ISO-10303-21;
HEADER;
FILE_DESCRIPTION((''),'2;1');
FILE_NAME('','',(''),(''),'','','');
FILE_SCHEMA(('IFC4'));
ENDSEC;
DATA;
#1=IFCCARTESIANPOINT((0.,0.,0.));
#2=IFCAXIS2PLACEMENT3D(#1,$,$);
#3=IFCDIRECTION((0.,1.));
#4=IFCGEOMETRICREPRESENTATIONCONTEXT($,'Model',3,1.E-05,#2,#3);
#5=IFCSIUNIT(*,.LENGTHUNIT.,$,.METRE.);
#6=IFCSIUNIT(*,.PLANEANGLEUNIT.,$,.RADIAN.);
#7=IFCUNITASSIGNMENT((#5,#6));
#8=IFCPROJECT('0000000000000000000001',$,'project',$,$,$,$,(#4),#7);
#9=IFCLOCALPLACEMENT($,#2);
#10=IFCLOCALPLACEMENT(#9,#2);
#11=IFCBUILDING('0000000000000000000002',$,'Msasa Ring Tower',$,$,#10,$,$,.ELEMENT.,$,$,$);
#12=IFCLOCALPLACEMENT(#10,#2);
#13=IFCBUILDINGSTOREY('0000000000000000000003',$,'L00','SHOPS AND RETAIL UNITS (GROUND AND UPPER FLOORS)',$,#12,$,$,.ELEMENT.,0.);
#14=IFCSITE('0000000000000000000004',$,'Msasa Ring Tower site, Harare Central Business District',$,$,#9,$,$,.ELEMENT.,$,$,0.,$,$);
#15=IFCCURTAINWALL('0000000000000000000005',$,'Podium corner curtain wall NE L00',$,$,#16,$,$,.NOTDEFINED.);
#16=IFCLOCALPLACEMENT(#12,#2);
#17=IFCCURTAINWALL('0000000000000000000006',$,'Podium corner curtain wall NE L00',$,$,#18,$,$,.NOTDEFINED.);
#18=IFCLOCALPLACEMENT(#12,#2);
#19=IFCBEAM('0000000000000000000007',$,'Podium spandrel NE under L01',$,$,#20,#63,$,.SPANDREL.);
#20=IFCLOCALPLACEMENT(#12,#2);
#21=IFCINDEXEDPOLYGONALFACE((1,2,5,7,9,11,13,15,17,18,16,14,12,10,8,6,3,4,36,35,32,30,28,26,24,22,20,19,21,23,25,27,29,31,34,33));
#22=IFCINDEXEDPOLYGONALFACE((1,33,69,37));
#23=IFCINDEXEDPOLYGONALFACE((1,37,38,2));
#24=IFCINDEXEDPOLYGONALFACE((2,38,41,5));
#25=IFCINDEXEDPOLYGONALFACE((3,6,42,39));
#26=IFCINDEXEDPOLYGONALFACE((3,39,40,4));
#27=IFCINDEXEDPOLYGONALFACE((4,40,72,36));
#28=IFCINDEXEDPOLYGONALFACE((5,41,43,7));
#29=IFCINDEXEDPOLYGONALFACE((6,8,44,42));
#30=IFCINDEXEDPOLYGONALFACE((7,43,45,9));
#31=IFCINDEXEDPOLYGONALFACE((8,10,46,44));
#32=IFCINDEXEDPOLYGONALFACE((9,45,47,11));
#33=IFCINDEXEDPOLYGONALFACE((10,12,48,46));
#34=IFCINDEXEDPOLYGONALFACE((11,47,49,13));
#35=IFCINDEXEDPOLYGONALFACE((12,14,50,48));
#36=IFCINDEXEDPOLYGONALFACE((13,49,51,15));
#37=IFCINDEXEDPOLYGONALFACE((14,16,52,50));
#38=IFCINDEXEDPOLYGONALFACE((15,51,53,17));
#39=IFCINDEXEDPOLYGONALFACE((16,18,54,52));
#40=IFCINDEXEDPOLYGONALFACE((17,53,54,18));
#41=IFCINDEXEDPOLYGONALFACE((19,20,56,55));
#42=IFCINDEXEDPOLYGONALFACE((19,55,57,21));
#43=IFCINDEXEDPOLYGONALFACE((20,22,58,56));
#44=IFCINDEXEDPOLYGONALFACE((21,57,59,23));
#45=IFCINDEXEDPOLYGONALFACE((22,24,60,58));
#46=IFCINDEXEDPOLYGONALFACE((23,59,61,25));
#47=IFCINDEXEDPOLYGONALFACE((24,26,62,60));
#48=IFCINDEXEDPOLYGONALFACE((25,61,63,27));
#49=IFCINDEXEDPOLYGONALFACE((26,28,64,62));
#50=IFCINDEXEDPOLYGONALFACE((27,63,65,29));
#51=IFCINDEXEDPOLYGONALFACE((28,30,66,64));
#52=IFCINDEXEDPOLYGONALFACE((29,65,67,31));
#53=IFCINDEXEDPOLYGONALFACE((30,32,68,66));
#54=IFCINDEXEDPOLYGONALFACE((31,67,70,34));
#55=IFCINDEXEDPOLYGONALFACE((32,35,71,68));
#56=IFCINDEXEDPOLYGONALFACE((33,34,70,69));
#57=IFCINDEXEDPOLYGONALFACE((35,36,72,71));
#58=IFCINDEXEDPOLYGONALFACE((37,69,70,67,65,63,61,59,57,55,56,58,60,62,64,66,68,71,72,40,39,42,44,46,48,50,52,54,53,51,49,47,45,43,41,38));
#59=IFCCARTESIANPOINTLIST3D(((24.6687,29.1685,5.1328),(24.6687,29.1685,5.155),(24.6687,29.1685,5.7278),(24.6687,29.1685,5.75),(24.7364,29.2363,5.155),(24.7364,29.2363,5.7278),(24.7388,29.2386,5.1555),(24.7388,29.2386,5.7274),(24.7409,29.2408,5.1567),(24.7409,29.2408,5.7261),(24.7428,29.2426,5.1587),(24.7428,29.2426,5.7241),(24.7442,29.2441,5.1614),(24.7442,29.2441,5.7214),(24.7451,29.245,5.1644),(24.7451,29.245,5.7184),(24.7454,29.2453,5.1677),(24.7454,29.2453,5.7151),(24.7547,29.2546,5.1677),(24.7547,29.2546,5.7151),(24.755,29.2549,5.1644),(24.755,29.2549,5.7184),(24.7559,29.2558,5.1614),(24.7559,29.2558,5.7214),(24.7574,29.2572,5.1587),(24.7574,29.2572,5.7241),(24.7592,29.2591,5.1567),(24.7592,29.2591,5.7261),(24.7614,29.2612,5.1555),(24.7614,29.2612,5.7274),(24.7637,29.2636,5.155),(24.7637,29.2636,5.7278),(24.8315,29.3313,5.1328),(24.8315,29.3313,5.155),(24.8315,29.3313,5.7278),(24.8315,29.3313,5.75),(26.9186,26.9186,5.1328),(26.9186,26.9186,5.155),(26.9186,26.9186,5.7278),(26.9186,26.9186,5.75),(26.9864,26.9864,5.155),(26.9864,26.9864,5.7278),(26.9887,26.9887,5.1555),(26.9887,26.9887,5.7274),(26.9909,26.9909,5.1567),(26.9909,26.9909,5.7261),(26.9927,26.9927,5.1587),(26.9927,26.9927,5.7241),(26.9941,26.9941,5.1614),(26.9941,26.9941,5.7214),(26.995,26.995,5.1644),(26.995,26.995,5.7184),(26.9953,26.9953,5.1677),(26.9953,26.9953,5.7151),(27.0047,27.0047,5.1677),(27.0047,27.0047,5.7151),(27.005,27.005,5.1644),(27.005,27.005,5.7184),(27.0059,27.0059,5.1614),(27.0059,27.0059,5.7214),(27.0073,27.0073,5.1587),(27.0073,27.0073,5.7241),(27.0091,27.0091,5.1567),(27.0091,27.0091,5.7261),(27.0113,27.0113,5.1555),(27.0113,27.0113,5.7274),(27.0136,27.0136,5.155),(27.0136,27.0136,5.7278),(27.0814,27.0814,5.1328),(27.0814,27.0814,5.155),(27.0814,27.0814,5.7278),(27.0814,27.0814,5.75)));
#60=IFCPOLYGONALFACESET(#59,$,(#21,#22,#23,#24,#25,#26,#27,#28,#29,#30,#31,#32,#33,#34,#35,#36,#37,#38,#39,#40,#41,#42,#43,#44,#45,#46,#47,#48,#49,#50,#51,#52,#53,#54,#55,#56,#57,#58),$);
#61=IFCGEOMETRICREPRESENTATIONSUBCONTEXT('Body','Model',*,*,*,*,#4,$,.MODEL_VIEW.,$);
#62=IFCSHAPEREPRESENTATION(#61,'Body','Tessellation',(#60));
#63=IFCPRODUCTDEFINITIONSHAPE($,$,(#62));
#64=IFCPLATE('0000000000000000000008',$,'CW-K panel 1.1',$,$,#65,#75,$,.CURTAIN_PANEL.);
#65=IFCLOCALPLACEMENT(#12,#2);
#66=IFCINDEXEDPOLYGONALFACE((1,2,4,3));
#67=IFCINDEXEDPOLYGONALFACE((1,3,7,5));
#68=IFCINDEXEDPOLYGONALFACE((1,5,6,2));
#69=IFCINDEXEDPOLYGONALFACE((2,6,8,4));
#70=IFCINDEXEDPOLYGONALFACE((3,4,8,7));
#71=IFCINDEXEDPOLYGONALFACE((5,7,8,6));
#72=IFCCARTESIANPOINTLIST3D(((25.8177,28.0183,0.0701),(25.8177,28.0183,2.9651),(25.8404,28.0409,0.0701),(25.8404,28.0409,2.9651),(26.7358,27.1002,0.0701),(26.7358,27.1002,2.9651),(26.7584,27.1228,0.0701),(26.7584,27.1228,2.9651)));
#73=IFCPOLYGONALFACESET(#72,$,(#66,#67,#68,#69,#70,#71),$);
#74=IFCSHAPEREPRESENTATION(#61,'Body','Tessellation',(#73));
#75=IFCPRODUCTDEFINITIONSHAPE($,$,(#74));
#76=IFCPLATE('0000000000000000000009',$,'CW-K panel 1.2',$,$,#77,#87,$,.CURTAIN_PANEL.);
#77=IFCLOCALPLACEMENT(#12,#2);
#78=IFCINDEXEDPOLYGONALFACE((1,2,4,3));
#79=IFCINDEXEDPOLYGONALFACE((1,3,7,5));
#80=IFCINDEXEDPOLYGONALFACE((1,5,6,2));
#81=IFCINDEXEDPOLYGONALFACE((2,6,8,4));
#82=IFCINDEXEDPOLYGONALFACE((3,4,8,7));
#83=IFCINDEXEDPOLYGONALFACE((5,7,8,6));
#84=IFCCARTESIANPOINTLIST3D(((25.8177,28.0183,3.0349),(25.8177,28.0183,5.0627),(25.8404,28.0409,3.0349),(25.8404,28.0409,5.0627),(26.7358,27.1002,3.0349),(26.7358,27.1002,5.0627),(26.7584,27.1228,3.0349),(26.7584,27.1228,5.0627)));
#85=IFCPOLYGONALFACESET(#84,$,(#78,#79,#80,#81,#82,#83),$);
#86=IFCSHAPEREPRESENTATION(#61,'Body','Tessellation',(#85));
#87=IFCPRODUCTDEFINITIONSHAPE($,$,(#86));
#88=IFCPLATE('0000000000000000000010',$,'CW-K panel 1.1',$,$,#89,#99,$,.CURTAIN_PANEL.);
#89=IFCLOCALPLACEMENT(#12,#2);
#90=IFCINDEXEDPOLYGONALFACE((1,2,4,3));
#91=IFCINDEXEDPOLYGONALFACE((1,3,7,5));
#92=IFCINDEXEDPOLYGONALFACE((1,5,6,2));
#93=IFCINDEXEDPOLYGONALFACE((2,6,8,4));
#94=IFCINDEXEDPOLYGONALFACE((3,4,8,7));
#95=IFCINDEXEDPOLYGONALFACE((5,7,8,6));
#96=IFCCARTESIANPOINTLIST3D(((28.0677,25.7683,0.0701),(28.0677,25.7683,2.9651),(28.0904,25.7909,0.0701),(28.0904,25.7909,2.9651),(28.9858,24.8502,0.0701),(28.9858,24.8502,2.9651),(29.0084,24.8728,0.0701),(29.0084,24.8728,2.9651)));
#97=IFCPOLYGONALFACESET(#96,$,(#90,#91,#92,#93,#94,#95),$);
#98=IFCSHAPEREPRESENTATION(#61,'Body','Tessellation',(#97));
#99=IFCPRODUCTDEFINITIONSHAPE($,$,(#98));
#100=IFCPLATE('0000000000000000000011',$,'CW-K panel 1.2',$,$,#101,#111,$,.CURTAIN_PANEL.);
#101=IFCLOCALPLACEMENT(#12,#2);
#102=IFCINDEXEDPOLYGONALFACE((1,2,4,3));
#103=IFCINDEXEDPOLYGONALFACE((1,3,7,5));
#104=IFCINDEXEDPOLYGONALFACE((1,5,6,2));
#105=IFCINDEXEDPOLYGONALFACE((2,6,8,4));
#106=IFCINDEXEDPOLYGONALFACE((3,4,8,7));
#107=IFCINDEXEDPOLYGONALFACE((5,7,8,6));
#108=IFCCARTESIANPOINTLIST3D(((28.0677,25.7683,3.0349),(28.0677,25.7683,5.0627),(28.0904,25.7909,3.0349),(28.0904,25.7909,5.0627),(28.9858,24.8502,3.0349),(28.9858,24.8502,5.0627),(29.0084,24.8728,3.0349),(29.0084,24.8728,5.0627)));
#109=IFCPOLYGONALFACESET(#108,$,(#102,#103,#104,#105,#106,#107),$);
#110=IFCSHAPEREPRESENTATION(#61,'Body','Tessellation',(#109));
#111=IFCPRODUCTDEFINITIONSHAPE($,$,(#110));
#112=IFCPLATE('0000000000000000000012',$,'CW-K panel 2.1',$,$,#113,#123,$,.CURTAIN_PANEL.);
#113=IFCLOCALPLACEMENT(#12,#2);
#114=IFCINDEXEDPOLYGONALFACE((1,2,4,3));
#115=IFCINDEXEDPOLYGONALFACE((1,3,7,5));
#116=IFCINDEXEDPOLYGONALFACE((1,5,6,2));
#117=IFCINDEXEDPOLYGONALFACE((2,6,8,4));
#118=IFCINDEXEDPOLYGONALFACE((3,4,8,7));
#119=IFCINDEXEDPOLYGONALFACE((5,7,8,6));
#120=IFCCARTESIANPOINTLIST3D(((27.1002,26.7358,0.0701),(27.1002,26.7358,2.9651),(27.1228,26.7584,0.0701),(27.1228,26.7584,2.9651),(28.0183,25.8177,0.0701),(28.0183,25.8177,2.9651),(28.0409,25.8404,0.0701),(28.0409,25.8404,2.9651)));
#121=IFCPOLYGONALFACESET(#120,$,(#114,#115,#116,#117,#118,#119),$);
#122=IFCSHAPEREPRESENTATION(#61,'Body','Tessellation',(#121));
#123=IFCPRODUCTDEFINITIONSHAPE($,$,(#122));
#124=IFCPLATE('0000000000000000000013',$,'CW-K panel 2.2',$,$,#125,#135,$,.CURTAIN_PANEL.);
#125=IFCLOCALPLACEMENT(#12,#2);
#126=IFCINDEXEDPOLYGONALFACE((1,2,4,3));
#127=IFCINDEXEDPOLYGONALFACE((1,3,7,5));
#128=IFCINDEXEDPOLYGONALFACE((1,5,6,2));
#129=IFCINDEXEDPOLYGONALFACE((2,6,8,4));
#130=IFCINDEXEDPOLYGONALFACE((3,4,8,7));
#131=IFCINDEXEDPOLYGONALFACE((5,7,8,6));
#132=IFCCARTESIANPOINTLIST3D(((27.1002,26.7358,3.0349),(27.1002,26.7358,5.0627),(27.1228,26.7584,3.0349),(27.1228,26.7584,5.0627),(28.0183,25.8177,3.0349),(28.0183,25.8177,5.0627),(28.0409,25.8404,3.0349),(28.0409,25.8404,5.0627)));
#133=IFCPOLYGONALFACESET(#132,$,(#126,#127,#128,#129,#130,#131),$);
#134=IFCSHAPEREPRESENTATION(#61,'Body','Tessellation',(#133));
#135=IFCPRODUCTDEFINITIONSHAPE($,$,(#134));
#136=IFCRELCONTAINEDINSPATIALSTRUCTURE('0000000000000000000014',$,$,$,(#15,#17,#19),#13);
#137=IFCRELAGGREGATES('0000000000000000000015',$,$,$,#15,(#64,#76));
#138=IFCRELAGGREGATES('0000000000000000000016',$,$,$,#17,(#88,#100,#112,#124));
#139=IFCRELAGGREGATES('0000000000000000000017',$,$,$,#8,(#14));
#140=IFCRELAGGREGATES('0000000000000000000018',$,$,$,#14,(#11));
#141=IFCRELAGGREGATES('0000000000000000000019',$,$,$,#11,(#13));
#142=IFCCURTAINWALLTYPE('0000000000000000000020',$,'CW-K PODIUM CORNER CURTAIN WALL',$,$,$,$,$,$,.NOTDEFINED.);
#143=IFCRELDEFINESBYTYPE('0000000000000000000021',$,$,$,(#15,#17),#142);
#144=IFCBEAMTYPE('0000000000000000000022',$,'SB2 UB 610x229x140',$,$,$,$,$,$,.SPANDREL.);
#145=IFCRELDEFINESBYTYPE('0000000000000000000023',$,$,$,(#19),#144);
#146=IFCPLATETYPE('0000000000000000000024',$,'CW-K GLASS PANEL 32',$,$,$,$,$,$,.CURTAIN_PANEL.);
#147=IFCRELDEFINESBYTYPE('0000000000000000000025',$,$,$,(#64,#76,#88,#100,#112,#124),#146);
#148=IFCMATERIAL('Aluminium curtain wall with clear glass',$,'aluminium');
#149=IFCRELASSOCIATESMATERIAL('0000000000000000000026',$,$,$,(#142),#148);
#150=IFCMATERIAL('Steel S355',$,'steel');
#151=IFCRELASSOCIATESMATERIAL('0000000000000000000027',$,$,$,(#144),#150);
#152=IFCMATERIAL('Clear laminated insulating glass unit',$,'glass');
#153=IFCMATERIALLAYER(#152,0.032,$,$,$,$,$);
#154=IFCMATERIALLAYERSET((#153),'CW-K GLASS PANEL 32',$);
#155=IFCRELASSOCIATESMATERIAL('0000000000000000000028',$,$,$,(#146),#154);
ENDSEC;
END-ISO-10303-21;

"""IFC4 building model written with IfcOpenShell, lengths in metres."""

from ifc_helpers import new_model, si_unit, direction, frame, origin, origin_2d, place, context, subcontext, project, spatial, rectangle, i_section, extrude, material, layer, layer_set, material_profile, profile_set, type_object, element, aggregate, save


model = new_model("IFC4")

# Units and contexts
model_context = context("Model", 3, precision=1e-05, world=origin(), true_north=direction((0.0, 1.0)))
body_context = subcontext(model_context, "Body", "Model", "MODEL_VIEW")
ifc_project = project(units=[si_unit("LENGTHUNIT", "METRE"), si_unit("PLANEANGLEUNIT", "RADIAN")], contexts=[model_context])

# Site, building, storey
site_placement = place(None, origin())
site = spatial("IfcSite", under=ifc_project, at=site_placement, Name="Msasa Ring Tower site, Harare Central Business District", CompositionType="ELEMENT", RefElevation=0.0)
building_placement = place(site_placement, origin())
building = spatial("IfcBuilding", under=site, at=building_placement, Name="Msasa Ring Tower", CompositionType="ELEMENT")
storey_placement = place(building_placement, origin())
storey = spatial("IfcBuildingStorey", under=building, at=storey_placement, Name="L00", Description="SHOPS AND RETAIL UNITS (GROUND AND UPPER FLOORS)", CompositionType="ELEMENT", Elevation=0.0)

# Curtain walls
ifc_material_1 = material(Name="Aluminium curtain wall with clear glass", Category="aluminium")
curtain_wall_type = type_object("IfcCurtainWallType", Name="CW-K PODIUM CORNER CURTAIN WALL", PredefinedType="NOTDEFINED", material=ifc_material_1)
curtain_wall_1_placement = place(storey_placement, origin())
curtain_wall_1 = element("IfcCurtainWall", 1, at=curtain_wall_1_placement, inside=storey, type_object=curtain_wall_type, Name="Podium corner curtain wall NE L00", PredefinedType="NOTDEFINED")
curtain_wall_2_placement = place(storey_placement, origin())
curtain_wall_2 = element("IfcCurtainWall", 2, at=curtain_wall_2_placement, inside=storey, type_object=curtain_wall_type, Name="Podium corner curtain wall NE L00", PredefinedType="NOTDEFINED")

# Beam
ifc_material_2 = material(Name="Steel S355", Category="steel")
ifc_material_profile_1 = material_profile(ifc_material_2, i_section(OverallWidth=0.2302, OverallDepth=0.6172, WebThickness=0.0132, FlangeThickness=0.0222, FilletRadius=0.0127, at=origin_2d()), Name="UB 610x229x140")
ifc_profile_set_1 = profile_set([ifc_material_profile_1], Name="Steel S355")
beam_type_1 = type_object("IfcBeamType", Name="SB2 UB 610x229x140", PredefinedType="SPANDREL", material=ifc_profile_set_1)
for number, where, z_axis, x_axis, name in (
    (3, (27.0, 27.0, 5.4414), (-0.707107, 0.707107, 0.0), (-0.707107, -0.707107, 0.0), "Podium spandrel NE under L01"),
):
    element("IfcBeam", number, at=place(storey_placement, frame(where, z_axis=z_axis, x_axis=x_axis)), inside=storey, type_object=beam_type_1, Name=name, PredefinedType="SPANDREL", context=body_context, shape_type="SweptSolid", body=[
        extrude(i_section(OverallWidth=0.2302, OverallDepth=0.6172, WebThickness=0.0132, FlangeThickness=0.0222, FilletRadius=0.0127, at=origin_2d()), origin(), (0.0, 0.0, 1.0), 3.1819),
    ])

# Plates
ifc_material_3 = material(Name="Clear laminated insulating glass unit", Category="glass")
ifc_layer = layer(ifc_material_3, 0.032)
ifc_layer_set = layer_set([ifc_layer], Name="CW-K GLASS PANEL 32")
plate_type = type_object("IfcPlateType", Name="CW-K GLASS PANEL 32", PredefinedType="CURTAIN_PANEL", material=ifc_layer_set)
plate_1_placement = place(storey_placement, frame((26.2881, 27.5706, 0.0701), z_axis=(0.0, 0.0, 1.0), x_axis=(-0.707107, 0.707107, 0.0)))
plate_1 = element("IfcPlate", 4, at=plate_1_placement, type_object=plate_type, Name="CW-K panel 1.1", PredefinedType="CURTAIN_PANEL", context=body_context, shape_type="SweptSolid", body=[
    extrude(rectangle(XDim=1.2983, YDim=0.032, at=origin_2d()), origin(), (0.0, 0.0, 1.0), 2.895),
])
plate_2_placement = place(storey_placement, frame((26.2881, 27.5706, 3.0349), z_axis=(0.0, 0.0, 1.0), x_axis=(-0.707107, 0.707107, 0.0)))
plate_2 = element("IfcPlate", 5, at=plate_2_placement, type_object=plate_type, Name="CW-K panel 1.2", PredefinedType="CURTAIN_PANEL", context=body_context, shape_type="SweptSolid", body=[
    extrude(rectangle(XDim=1.2983, YDim=0.032, at=origin_2d()), origin(), (0.0, 0.0, 1.0), 2.0278),
])
aggregate(curtain_wall_1, [plate_1, plate_2])
plate_3_placement = place(storey_placement, frame((28.5381, 25.3206, 0.0701), z_axis=(0.0, 0.0, 1.0), x_axis=(-0.707107, 0.707107, 0.0)))
plate_3 = element("IfcPlate", 6, at=plate_3_placement, type_object=plate_type, Name="CW-K panel 1.1", PredefinedType="CURTAIN_PANEL", context=body_context, shape_type="SweptSolid", body=[
    extrude(rectangle(XDim=1.2983, YDim=0.032, at=origin_2d()), origin(), (0.0, 0.0, 1.0), 2.895),
])
plate_4_placement = place(storey_placement, frame((28.5381, 25.3206, 3.0349), z_axis=(0.0, 0.0, 1.0), x_axis=(-0.707107, 0.707107, 0.0)))
plate_4 = element("IfcPlate", 7, at=plate_4_placement, type_object=plate_type, Name="CW-K panel 1.2", PredefinedType="CURTAIN_PANEL", context=body_context, shape_type="SweptSolid", body=[
    extrude(rectangle(XDim=1.2983, YDim=0.032, at=origin_2d()), origin(), (0.0, 0.0, 1.0), 2.0278),
])
plate_5_placement = place(storey_placement, frame((27.5706, 26.2881, 0.0701), z_axis=(0.0, 0.0, 1.0), x_axis=(-0.707107, 0.707107, 0.0)))
plate_5 = element("IfcPlate", 8, at=plate_5_placement, type_object=plate_type, Name="CW-K panel 2.1", PredefinedType="CURTAIN_PANEL", context=body_context, shape_type="SweptSolid", body=[
    extrude(rectangle(XDim=1.2983, YDim=0.032, at=origin_2d()), origin(), (0.0, 0.0, 1.0), 2.895),
])
plate_6_placement = place(storey_placement, frame((27.5706, 26.2881, 3.0349), z_axis=(0.0, 0.0, 1.0), x_axis=(-0.707107, 0.707107, 0.0)))
plate_6 = element("IfcPlate", 9, at=plate_6_placement, type_object=plate_type, Name="CW-K panel 2.2", PredefinedType="CURTAIN_PANEL", context=body_context, shape_type="SweptSolid", body=[
    extrude(rectangle(XDim=1.2983, YDim=0.032, at=origin_2d()), origin(), (0.0, 0.0, 1.0), 2.0278),
])
aggregate(curtain_wall_2, [plate_3, plate_4, plate_5, plate_6])

save(model, "model.ifc")
